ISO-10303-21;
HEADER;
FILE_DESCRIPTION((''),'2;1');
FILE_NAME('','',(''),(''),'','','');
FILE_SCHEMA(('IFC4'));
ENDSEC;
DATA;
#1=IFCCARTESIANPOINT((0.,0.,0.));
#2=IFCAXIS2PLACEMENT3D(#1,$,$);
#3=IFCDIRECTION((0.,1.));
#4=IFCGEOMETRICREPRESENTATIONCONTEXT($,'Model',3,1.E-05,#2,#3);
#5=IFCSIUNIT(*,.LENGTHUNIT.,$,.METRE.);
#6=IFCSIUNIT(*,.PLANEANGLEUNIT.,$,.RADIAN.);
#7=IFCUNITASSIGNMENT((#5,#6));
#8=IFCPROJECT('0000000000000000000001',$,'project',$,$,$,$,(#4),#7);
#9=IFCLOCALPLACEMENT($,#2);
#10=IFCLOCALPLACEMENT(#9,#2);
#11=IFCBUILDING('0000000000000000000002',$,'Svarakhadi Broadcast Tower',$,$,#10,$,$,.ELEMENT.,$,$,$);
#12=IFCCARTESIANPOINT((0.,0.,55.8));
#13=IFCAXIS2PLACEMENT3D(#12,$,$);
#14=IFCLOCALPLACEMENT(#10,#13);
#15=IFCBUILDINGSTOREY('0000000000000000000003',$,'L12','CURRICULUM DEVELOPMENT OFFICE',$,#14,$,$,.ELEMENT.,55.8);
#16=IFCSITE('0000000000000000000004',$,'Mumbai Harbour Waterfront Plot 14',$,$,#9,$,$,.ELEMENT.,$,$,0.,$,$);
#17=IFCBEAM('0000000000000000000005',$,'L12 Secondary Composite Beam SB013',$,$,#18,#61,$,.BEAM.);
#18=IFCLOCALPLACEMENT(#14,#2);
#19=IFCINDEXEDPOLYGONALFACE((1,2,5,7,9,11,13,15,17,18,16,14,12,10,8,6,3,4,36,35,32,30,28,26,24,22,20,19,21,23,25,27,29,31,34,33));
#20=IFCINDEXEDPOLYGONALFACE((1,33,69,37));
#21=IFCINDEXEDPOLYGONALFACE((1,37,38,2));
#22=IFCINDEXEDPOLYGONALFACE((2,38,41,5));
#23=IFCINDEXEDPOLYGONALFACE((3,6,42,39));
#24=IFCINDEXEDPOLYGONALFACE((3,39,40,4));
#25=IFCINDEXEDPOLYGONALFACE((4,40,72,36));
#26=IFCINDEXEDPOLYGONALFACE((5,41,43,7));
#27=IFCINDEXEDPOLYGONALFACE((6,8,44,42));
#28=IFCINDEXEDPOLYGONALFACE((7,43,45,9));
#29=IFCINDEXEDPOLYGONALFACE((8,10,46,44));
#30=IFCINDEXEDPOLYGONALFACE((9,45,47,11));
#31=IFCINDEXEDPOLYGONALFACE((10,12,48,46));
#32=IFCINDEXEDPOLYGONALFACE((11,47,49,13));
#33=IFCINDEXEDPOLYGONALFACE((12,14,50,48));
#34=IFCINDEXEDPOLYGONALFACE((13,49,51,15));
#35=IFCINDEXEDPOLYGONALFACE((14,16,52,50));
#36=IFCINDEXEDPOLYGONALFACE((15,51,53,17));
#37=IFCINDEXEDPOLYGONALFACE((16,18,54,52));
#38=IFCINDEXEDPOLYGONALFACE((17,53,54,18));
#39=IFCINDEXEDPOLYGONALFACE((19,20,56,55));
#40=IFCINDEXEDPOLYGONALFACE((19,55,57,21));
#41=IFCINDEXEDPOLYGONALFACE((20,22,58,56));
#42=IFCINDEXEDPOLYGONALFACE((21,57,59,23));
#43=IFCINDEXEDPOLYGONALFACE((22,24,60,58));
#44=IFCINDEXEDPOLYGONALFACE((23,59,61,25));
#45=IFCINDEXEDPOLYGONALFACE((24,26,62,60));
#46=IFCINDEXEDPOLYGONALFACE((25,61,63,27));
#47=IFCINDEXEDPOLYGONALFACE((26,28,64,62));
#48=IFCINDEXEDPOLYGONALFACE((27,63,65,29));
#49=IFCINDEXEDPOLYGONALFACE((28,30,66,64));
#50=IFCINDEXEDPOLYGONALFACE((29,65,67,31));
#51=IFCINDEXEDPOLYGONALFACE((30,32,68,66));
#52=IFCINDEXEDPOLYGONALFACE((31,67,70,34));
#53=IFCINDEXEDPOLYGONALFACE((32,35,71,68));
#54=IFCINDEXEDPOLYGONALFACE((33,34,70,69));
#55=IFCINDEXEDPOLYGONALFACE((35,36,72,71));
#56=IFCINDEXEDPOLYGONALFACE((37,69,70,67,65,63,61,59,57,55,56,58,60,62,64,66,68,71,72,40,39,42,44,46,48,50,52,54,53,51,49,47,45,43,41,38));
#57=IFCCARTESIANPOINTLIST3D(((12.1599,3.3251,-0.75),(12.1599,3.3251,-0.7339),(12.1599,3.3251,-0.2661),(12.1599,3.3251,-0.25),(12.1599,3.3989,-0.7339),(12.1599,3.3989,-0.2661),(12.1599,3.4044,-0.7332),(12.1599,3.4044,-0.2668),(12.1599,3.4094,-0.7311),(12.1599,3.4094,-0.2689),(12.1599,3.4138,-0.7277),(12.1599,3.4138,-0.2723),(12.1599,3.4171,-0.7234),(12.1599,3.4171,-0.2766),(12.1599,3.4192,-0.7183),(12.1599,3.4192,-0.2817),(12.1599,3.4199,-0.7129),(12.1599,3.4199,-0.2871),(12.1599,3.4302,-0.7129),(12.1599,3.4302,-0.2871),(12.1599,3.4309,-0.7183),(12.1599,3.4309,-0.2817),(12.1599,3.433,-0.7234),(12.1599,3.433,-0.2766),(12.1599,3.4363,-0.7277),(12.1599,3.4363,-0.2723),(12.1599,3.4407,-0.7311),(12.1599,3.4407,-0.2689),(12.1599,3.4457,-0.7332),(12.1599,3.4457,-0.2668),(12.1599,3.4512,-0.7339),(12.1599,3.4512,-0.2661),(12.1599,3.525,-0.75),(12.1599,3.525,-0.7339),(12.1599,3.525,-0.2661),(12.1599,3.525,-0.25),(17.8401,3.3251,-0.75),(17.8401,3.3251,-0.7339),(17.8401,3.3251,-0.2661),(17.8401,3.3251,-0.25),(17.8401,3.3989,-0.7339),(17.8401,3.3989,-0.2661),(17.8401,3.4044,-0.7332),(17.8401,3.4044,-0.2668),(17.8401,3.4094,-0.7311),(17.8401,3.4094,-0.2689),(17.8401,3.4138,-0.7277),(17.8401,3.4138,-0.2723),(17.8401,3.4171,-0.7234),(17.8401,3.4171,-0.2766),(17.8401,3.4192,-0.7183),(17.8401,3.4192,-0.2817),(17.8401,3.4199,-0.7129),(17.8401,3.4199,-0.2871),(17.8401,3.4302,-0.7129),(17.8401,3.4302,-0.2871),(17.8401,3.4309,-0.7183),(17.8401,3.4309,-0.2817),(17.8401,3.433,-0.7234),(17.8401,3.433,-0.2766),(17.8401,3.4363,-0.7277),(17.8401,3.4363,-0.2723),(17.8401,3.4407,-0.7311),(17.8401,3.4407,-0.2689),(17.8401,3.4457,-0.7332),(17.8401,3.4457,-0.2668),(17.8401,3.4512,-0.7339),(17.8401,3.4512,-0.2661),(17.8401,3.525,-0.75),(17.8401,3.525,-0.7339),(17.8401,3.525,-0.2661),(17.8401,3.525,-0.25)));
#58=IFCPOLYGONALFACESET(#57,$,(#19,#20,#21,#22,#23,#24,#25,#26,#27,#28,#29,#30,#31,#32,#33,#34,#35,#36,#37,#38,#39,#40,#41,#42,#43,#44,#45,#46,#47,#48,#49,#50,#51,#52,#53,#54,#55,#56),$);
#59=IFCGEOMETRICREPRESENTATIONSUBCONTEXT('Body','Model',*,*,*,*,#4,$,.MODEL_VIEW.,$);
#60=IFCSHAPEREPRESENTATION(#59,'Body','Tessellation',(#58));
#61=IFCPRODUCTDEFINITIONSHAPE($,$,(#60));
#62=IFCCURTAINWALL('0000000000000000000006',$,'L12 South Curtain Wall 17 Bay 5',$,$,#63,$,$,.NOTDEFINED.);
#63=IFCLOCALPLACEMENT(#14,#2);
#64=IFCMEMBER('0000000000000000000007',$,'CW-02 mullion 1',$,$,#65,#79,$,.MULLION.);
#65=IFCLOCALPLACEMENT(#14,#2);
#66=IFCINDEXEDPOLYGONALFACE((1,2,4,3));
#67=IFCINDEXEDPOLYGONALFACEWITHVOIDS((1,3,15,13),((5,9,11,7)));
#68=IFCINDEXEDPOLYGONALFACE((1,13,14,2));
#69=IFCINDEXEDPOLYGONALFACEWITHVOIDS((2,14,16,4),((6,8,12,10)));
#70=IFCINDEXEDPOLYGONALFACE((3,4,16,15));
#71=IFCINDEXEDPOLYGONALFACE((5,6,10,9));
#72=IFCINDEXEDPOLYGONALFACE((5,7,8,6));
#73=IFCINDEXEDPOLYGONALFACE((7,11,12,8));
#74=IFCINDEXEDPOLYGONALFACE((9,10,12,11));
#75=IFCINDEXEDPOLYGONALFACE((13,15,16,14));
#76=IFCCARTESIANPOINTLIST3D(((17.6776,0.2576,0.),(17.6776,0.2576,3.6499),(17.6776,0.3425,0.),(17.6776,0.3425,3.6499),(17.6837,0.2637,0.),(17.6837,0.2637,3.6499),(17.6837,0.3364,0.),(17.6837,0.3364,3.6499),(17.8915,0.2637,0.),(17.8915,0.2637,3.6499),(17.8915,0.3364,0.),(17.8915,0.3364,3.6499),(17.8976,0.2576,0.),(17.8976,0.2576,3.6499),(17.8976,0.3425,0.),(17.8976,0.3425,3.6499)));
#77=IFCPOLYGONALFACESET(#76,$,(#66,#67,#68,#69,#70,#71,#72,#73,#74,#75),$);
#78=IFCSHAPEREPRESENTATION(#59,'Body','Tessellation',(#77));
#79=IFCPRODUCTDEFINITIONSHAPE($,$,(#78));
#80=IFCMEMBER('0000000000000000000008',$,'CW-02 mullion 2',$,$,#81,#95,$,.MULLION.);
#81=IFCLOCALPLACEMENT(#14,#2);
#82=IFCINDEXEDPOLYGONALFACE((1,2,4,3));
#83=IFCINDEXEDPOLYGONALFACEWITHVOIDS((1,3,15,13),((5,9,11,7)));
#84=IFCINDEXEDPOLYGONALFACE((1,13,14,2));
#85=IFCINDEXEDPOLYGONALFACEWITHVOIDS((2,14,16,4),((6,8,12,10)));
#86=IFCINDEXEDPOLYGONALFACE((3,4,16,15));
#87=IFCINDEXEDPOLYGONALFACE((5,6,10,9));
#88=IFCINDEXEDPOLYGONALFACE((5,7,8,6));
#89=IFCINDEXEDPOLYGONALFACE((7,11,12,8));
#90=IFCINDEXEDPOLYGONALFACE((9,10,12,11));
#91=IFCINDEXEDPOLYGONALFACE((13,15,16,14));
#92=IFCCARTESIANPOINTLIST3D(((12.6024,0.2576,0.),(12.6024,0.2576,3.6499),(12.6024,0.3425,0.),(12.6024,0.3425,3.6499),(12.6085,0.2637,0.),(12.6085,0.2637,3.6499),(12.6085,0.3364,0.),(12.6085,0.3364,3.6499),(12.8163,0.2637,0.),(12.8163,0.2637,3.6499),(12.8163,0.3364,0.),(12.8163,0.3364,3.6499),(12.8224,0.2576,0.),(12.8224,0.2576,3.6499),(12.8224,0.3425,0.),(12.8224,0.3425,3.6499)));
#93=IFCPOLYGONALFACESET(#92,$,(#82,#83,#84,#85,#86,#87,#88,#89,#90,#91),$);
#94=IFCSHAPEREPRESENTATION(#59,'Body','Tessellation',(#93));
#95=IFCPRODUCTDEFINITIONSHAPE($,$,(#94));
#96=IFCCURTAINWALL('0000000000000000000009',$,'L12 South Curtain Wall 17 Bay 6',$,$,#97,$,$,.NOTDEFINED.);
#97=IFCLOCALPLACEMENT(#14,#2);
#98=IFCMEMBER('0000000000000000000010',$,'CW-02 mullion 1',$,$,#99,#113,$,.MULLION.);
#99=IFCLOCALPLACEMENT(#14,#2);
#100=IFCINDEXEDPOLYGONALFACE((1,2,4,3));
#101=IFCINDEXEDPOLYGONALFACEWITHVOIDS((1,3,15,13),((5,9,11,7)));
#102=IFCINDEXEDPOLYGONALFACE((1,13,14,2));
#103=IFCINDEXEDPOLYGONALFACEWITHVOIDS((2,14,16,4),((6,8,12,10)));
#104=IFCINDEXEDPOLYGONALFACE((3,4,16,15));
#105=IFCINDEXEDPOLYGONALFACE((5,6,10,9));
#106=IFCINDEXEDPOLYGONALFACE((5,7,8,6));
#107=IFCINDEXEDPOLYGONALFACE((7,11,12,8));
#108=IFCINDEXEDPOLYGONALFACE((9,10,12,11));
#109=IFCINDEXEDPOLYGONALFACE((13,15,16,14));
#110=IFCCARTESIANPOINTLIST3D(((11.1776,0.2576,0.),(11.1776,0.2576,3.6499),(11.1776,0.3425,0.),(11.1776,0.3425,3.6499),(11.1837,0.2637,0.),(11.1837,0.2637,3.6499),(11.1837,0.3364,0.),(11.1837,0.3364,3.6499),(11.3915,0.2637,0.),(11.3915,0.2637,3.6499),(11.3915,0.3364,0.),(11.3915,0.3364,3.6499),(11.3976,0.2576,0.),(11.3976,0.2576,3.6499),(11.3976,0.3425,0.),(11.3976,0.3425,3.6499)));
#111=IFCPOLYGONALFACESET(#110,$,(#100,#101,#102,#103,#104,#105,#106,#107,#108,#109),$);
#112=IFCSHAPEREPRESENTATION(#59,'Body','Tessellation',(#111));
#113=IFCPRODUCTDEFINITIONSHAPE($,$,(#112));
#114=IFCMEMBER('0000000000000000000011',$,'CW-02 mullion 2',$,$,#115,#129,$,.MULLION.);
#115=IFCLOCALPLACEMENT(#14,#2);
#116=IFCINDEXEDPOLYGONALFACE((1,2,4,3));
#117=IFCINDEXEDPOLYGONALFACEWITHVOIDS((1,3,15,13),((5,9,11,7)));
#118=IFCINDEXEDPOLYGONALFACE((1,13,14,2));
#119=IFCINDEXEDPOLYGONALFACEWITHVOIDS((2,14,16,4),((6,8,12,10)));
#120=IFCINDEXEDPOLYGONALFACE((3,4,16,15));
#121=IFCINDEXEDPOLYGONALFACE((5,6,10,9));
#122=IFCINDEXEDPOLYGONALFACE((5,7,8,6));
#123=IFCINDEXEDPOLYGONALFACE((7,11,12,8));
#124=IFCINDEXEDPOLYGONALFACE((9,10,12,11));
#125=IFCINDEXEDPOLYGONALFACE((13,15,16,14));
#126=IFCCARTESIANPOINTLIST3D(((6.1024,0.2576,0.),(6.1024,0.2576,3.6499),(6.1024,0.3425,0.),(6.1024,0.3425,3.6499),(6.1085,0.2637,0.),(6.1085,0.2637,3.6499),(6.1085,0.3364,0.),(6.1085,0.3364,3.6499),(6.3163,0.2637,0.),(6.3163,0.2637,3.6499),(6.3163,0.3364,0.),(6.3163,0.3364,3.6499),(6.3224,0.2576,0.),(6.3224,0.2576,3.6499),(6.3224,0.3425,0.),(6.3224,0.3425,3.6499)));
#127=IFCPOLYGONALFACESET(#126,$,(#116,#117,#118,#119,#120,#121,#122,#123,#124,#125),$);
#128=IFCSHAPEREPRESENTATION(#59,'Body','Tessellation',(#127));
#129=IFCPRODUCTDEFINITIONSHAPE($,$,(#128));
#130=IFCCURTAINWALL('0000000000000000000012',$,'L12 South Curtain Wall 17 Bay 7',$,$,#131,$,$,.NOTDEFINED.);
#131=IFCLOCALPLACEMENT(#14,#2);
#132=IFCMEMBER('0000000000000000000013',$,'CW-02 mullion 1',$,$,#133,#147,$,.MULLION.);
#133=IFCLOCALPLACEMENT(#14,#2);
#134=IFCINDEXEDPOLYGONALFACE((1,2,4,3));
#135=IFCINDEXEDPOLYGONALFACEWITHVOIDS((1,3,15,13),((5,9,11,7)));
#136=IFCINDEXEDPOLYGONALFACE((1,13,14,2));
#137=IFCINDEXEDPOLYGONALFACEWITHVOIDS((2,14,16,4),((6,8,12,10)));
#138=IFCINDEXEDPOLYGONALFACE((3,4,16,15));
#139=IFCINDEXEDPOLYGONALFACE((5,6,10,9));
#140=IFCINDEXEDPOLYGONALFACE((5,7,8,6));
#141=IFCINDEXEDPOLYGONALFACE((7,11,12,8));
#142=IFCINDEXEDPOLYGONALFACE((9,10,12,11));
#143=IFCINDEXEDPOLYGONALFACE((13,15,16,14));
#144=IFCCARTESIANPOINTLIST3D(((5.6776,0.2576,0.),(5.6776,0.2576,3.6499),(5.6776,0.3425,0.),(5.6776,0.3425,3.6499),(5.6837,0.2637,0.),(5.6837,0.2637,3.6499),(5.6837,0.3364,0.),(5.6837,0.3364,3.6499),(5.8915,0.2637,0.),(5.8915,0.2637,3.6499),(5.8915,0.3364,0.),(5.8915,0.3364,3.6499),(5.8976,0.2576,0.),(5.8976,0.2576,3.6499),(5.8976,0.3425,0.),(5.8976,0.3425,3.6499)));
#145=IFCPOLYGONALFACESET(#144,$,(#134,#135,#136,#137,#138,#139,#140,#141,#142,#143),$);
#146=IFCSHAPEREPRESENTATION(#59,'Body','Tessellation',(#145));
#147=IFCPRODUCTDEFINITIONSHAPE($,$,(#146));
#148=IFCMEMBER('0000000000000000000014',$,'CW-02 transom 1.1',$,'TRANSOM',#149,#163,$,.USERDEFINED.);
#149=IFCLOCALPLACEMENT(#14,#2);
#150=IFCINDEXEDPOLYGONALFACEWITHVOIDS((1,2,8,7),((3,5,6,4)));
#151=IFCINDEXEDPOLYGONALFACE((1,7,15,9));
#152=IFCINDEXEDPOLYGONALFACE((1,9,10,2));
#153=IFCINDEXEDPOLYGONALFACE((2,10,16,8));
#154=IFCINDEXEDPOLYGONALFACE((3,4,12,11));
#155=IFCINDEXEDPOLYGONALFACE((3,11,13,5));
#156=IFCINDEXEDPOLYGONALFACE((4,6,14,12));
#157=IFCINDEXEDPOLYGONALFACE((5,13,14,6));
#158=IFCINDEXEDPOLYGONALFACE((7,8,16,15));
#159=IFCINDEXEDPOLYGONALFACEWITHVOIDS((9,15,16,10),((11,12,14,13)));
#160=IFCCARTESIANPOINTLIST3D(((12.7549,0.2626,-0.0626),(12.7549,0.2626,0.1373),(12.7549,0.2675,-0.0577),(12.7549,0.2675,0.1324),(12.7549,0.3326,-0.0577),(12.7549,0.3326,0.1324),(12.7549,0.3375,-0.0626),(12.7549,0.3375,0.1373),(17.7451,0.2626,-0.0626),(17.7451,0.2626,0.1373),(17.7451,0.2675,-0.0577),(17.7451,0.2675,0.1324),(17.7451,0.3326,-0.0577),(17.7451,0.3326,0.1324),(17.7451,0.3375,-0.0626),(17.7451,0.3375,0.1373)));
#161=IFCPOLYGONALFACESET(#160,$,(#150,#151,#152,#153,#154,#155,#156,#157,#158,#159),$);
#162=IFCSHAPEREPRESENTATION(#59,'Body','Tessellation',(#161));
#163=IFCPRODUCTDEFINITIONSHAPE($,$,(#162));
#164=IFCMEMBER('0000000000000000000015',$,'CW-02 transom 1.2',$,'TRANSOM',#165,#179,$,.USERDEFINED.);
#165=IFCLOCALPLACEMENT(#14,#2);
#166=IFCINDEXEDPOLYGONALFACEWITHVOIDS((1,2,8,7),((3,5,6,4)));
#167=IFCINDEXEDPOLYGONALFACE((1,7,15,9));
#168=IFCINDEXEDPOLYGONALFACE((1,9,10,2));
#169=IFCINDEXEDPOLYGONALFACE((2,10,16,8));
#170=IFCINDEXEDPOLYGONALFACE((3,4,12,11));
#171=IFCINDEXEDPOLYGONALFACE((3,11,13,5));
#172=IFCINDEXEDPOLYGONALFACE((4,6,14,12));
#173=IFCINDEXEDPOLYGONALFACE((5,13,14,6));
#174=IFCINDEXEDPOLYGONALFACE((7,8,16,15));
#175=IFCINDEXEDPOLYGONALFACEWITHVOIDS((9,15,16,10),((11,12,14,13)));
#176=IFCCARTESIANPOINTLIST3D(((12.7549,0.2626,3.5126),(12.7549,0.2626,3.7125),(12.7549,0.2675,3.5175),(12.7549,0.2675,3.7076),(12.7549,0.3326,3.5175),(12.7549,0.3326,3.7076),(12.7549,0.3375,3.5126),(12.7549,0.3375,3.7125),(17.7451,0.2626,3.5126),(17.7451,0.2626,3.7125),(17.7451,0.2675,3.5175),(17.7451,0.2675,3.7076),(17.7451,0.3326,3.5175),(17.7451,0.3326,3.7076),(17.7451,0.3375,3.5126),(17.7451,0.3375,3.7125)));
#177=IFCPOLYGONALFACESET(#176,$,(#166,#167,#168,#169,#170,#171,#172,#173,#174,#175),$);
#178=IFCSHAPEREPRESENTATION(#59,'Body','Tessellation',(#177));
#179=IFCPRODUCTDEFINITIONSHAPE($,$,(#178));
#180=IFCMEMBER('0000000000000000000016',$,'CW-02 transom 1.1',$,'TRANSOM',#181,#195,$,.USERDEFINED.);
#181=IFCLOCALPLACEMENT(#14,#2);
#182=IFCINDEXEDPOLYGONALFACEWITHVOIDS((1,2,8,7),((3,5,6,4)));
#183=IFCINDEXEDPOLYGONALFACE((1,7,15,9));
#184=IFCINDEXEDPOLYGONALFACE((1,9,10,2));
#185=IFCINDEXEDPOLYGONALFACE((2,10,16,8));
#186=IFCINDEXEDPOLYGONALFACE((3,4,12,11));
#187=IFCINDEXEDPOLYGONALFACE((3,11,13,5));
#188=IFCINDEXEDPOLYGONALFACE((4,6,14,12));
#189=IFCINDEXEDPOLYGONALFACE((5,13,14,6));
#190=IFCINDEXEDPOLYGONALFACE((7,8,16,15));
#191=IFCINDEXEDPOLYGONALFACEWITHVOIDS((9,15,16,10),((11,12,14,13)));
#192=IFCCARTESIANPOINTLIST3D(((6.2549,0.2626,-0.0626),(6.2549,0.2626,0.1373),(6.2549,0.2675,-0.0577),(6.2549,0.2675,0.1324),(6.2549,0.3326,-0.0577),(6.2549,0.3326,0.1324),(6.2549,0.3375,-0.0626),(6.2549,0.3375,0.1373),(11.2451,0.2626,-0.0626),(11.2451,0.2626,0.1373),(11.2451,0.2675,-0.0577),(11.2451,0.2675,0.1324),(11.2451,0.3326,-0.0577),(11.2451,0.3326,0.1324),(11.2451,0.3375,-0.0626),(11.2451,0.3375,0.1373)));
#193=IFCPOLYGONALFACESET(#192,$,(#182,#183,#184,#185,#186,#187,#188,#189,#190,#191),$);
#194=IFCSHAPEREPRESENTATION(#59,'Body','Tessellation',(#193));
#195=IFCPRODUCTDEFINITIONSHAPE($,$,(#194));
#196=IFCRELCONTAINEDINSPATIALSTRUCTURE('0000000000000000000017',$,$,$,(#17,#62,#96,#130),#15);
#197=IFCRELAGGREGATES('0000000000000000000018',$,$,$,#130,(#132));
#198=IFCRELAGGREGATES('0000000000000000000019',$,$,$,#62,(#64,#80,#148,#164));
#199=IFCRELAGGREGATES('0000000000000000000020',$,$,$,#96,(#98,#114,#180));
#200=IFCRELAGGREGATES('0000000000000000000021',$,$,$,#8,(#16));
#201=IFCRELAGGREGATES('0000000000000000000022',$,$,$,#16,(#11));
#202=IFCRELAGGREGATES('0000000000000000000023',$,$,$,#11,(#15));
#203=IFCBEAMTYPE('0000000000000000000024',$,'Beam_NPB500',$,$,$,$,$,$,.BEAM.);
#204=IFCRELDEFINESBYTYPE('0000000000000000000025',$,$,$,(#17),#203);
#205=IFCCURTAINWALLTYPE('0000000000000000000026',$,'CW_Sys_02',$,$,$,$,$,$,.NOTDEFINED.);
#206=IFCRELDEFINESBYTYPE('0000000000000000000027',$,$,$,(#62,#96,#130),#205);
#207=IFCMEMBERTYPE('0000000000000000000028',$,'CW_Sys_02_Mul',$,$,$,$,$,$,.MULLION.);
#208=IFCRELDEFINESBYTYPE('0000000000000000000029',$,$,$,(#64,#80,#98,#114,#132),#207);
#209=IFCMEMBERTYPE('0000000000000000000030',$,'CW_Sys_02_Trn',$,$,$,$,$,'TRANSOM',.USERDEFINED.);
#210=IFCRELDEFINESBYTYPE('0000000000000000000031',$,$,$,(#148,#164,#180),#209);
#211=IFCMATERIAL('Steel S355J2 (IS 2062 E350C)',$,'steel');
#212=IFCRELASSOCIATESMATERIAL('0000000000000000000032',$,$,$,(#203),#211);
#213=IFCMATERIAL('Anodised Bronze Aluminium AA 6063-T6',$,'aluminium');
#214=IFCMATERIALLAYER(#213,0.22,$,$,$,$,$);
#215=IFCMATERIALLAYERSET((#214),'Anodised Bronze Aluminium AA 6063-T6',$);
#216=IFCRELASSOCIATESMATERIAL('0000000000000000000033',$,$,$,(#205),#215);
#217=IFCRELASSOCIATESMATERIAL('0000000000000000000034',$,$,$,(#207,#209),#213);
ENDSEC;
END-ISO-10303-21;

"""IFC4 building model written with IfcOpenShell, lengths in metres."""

from ifc_helpers import new_model, si_unit, direction, frame, origin, origin_2d, place, context, subcontext, project, spatial, hollow_rectangle, i_section, extrude, material, layer, layer_set, material_profile, profile_set, type_object, element, aggregate, save


model = new_model("IFC4")

# Units and contexts
model_context = context("Model", 3, precision=1e-05, world=origin(), true_north=direction((0.0, 1.0)))
body_context = subcontext(model_context, "Body", "Model", "MODEL_VIEW")
ifc_project = project(units=[si_unit("LENGTHUNIT", "METRE"), si_unit("PLANEANGLEUNIT", "RADIAN")], contexts=[model_context])

# Site, building, storey
site_placement = place(None, origin())
site = spatial("IfcSite", under=ifc_project, at=site_placement, Name="Mumbai Harbour Waterfront Plot 14", CompositionType="ELEMENT", RefElevation=0.0)
building_placement = place(site_placement, origin())
building = spatial("IfcBuilding", under=site, at=building_placement, Name="Svarakhadi Broadcast Tower", CompositionType="ELEMENT")
storey_placement = place(building_placement, frame((0.0, 0.0, 55.8)))
storey = spatial("IfcBuildingStorey", under=building, at=storey_placement, Name="L12", Description="CURRICULUM DEVELOPMENT OFFICE", CompositionType="ELEMENT", Elevation=55.8)

# Beam
ifc_material_1 = material(Name="Steel S355J2 (IS 2062 E350C)", Category="steel")
ifc_material_profile_1 = material_profile(ifc_material_1, i_section(OverallWidth=0.2, OverallDepth=0.5, WebThickness=0.0103, FlangeThickness=0.0161, FilletRadius=0.021, at=origin_2d()), Name="NPB 500x200x91")
ifc_profile_set_1 = profile_set([ifc_material_profile_1], Name="Steel S355J2 (IS 2062 E350C)")
beam_type_1 = type_object("IfcBeamType", Name="Beam_NPB500", PredefinedType="BEAM", material=ifc_profile_set_1)
for number, where, z_axis, x_axis, name in (
    (1, (12.1599, 3.425, -0.5), (1.0, 0.0, 0.0), (0.0, 1.0, 0.0), "L12 Secondary Composite Beam SB013"),
):
    element("IfcBeam", number, at=place(storey_placement, frame(where, z_axis=z_axis, x_axis=x_axis)), inside=storey, type_object=beam_type_1, Name=name, PredefinedType="BEAM", context=body_context, shape_type="SweptSolid", body=[
        extrude(i_section(OverallWidth=0.2, OverallDepth=0.5, WebThickness=0.0103, FlangeThickness=0.0161, FilletRadius=0.021, at=origin_2d()), origin(), (0.0, 0.0, 1.0), 5.6802),
    ])

# Curtain walls, members
ifc_material_2 = material(Name="Anodised Bronze Aluminium AA 6063-T6", Category="aluminium")
ifc_layer_1 = layer(ifc_material_2, 0.22)
ifc_layer_set_1 = layer_set([ifc_layer_1], Name="Anodised Bronze Aluminium AA 6063-T6")
curtain_wall_type = type_object("IfcCurtainWallType", Name="CW_Sys_02", PredefinedType="NOTDEFINED", material=ifc_layer_set_1)
curtain_wall_1_placement = place(storey_placement, origin())
curtain_wall_1 = element("IfcCurtainWall", 2, at=curtain_wall_1_placement, inside=storey, type_object=curtain_wall_type, Name="L12 South Curtain Wall 17 Bay 5", PredefinedType="NOTDEFINED")
ifc_material_profile_2 = material_profile(ifc_material_2, hollow_rectangle(XDim=0.085, YDim=0.22, WallThickness=0.0061, at=origin_2d()), Name="ALU MULLION 220x85x6")
ifc_profile_set_2 = profile_set([ifc_material_profile_2], Name="Anodised Bronze Aluminium AA 6063-T6")
member_type_1 = type_object("IfcMemberType", Name="CW_Sys_02_Mul", PredefinedType="MULLION", material=ifc_profile_set_2)
member_1_placement = place(storey_placement, frame((17.7876, 0.3, 0.0), z_axis=(0.0, 0.0, 1.0), x_axis=(0.0, -1.0, 0.0)))
member_1 = element("IfcMember", 3, at=member_1_placement, type_object=member_type_1, Name="CW-02 mullion 1", PredefinedType="MULLION", context=body_context, shape_type="SweptSolid", body=[
    extrude(hollow_rectangle(XDim=0.085, YDim=0.22, WallThickness=0.0061, at=origin_2d()), origin(), (0.0, 0.0, 1.0), 3.6499),
])
member_2_placement = place(storey_placement, frame((12.7124, 0.3, 0.0), z_axis=(0.0, 0.0, 1.0), x_axis=(0.0, -1.0, 0.0)))
member_2 = element("IfcMember", 4, at=member_2_placement, type_object=member_type_1, Name="CW-02 mullion 2", PredefinedType="MULLION", context=body_context, shape_type="SweptSolid", body=[
    extrude(hollow_rectangle(XDim=0.085, YDim=0.22, WallThickness=0.0061, at=origin_2d()), origin(), (0.0, 0.0, 1.0), 3.6499),
])
curtain_wall_2_placement = place(storey_placement, origin())
curtain_wall_2 = element("IfcCurtainWall", 5, at=curtain_wall_2_placement, inside=storey, type_object=curtain_wall_type, Name="L12 South Curtain Wall 17 Bay 6", PredefinedType="NOTDEFINED")
member_3_placement = place(storey_placement, frame((11.2876, 0.3, 0.0), z_axis=(0.0, 0.0, 1.0), x_axis=(0.0, -1.0, 0.0)))
member_3 = element("IfcMember", 6, at=member_3_placement, type_object=member_type_1, Name="CW-02 mullion 1", PredefinedType="MULLION", context=body_context, shape_type="SweptSolid", body=[
    extrude(hollow_rectangle(XDim=0.085, YDim=0.22, WallThickness=0.0061, at=origin_2d()), origin(), (0.0, 0.0, 1.0), 3.6499),
])
member_4_placement = place(storey_placement, frame((6.2124, 0.3, 0.0), z_axis=(0.0, 0.0, 1.0), x_axis=(0.0, -1.0, 0.0)))
member_4 = element("IfcMember", 7, at=member_4_placement, type_object=member_type_1, Name="CW-02 mullion 2", PredefinedType="MULLION", context=body_context, shape_type="SweptSolid", body=[
    extrude(hollow_rectangle(XDim=0.085, YDim=0.22, WallThickness=0.0061, at=origin_2d()), origin(), (0.0, 0.0, 1.0), 3.6499),
])

# Curtain wall, member
curtain_wall_3_placement = place(storey_placement, origin())
curtain_wall_3 = element("IfcCurtainWall", 8, at=curtain_wall_3_placement, inside=storey, type_object=curtain_wall_type, Name="L12 South Curtain Wall 17 Bay 7", PredefinedType="NOTDEFINED")
member_5_placement = place(storey_placement, frame((5.7876, 0.3, 0.0), z_axis=(0.0, 0.0, 1.0), x_axis=(0.0, -1.0, 0.0)))
member_5 = element("IfcMember", 9, at=member_5_placement, type_object=member_type_1, Name="CW-02 mullion 1", PredefinedType="MULLION", context=body_context, shape_type="SweptSolid", body=[
    extrude(hollow_rectangle(XDim=0.085, YDim=0.22, WallThickness=0.0061, at=origin_2d()), origin(), (0.0, 0.0, 1.0), 3.6499),
])

# Members
ifc_material_profile_3 = material_profile(ifc_material_2, hollow_rectangle(XDim=0.075, YDim=0.2, WallThickness=0.0049, at=origin_2d()), Name="ALU TRANSOM 200x75x5")
ifc_profile_set_3 = profile_set([ifc_material_profile_3], Name="Anodised Bronze Aluminium AA 6063-T6")
member_type_2 = type_object("IfcMemberType", Name="CW_Sys_02_Trn", ElementType="TRANSOM", PredefinedType="USERDEFINED", material=ifc_profile_set_3)
member_6_placement = place(storey_placement, frame((17.7451, 0.3, 0.0374), z_axis=(-1.0, 0.0, 0.0), x_axis=(0.0, -1.0, 0.0)))
member_6 = element("IfcMember", 10, at=member_6_placement, type_object=member_type_2, Name="CW-02 transom 1.1", ObjectType="TRANSOM", PredefinedType="USERDEFINED", context=body_context, shape_type="SweptSolid", body=[
    extrude(hollow_rectangle(XDim=0.075, YDim=0.2, WallThickness=0.0049, at=origin_2d()), origin(), (0.0, 0.0, 1.0), 4.9902),
])
member_7_placement = place(storey_placement, frame((17.7451, 0.3, 3.6125), z_axis=(-1.0, 0.0, 0.0), x_axis=(0.0, -1.0, 0.0)))
member_7 = element("IfcMember", 11, at=member_7_placement, type_object=member_type_2, Name="CW-02 transom 1.2", ObjectType="TRANSOM", PredefinedType="USERDEFINED", context=body_context, shape_type="SweptSolid", body=[
    extrude(hollow_rectangle(XDim=0.075, YDim=0.2, WallThickness=0.0049, at=origin_2d()), origin(), (0.0, 0.0, 1.0), 4.9902),
])
member_8_placement = place(storey_placement, frame((11.2451, 0.3, 0.0374), z_axis=(-1.0, 0.0, 0.0), x_axis=(0.0, -1.0, 0.0)))
member_8 = element("IfcMember", 12, at=member_8_placement, type_object=member_type_2, Name="CW-02 transom 1.1", ObjectType="TRANSOM", PredefinedType="USERDEFINED", context=body_context, shape_type="SweptSolid", body=[
    extrude(hollow_rectangle(XDim=0.075, YDim=0.2, WallThickness=0.0049, at=origin_2d()), origin(), (0.0, 0.0, 1.0), 4.9902),
])
aggregate(curtain_wall_3, [member_5])

aggregate(curtain_wall_1, [member_1, member_2, member_6, member_7])
aggregate(curtain_wall_2, [member_3, member_4, member_8])

save(model, "model.ifc")
